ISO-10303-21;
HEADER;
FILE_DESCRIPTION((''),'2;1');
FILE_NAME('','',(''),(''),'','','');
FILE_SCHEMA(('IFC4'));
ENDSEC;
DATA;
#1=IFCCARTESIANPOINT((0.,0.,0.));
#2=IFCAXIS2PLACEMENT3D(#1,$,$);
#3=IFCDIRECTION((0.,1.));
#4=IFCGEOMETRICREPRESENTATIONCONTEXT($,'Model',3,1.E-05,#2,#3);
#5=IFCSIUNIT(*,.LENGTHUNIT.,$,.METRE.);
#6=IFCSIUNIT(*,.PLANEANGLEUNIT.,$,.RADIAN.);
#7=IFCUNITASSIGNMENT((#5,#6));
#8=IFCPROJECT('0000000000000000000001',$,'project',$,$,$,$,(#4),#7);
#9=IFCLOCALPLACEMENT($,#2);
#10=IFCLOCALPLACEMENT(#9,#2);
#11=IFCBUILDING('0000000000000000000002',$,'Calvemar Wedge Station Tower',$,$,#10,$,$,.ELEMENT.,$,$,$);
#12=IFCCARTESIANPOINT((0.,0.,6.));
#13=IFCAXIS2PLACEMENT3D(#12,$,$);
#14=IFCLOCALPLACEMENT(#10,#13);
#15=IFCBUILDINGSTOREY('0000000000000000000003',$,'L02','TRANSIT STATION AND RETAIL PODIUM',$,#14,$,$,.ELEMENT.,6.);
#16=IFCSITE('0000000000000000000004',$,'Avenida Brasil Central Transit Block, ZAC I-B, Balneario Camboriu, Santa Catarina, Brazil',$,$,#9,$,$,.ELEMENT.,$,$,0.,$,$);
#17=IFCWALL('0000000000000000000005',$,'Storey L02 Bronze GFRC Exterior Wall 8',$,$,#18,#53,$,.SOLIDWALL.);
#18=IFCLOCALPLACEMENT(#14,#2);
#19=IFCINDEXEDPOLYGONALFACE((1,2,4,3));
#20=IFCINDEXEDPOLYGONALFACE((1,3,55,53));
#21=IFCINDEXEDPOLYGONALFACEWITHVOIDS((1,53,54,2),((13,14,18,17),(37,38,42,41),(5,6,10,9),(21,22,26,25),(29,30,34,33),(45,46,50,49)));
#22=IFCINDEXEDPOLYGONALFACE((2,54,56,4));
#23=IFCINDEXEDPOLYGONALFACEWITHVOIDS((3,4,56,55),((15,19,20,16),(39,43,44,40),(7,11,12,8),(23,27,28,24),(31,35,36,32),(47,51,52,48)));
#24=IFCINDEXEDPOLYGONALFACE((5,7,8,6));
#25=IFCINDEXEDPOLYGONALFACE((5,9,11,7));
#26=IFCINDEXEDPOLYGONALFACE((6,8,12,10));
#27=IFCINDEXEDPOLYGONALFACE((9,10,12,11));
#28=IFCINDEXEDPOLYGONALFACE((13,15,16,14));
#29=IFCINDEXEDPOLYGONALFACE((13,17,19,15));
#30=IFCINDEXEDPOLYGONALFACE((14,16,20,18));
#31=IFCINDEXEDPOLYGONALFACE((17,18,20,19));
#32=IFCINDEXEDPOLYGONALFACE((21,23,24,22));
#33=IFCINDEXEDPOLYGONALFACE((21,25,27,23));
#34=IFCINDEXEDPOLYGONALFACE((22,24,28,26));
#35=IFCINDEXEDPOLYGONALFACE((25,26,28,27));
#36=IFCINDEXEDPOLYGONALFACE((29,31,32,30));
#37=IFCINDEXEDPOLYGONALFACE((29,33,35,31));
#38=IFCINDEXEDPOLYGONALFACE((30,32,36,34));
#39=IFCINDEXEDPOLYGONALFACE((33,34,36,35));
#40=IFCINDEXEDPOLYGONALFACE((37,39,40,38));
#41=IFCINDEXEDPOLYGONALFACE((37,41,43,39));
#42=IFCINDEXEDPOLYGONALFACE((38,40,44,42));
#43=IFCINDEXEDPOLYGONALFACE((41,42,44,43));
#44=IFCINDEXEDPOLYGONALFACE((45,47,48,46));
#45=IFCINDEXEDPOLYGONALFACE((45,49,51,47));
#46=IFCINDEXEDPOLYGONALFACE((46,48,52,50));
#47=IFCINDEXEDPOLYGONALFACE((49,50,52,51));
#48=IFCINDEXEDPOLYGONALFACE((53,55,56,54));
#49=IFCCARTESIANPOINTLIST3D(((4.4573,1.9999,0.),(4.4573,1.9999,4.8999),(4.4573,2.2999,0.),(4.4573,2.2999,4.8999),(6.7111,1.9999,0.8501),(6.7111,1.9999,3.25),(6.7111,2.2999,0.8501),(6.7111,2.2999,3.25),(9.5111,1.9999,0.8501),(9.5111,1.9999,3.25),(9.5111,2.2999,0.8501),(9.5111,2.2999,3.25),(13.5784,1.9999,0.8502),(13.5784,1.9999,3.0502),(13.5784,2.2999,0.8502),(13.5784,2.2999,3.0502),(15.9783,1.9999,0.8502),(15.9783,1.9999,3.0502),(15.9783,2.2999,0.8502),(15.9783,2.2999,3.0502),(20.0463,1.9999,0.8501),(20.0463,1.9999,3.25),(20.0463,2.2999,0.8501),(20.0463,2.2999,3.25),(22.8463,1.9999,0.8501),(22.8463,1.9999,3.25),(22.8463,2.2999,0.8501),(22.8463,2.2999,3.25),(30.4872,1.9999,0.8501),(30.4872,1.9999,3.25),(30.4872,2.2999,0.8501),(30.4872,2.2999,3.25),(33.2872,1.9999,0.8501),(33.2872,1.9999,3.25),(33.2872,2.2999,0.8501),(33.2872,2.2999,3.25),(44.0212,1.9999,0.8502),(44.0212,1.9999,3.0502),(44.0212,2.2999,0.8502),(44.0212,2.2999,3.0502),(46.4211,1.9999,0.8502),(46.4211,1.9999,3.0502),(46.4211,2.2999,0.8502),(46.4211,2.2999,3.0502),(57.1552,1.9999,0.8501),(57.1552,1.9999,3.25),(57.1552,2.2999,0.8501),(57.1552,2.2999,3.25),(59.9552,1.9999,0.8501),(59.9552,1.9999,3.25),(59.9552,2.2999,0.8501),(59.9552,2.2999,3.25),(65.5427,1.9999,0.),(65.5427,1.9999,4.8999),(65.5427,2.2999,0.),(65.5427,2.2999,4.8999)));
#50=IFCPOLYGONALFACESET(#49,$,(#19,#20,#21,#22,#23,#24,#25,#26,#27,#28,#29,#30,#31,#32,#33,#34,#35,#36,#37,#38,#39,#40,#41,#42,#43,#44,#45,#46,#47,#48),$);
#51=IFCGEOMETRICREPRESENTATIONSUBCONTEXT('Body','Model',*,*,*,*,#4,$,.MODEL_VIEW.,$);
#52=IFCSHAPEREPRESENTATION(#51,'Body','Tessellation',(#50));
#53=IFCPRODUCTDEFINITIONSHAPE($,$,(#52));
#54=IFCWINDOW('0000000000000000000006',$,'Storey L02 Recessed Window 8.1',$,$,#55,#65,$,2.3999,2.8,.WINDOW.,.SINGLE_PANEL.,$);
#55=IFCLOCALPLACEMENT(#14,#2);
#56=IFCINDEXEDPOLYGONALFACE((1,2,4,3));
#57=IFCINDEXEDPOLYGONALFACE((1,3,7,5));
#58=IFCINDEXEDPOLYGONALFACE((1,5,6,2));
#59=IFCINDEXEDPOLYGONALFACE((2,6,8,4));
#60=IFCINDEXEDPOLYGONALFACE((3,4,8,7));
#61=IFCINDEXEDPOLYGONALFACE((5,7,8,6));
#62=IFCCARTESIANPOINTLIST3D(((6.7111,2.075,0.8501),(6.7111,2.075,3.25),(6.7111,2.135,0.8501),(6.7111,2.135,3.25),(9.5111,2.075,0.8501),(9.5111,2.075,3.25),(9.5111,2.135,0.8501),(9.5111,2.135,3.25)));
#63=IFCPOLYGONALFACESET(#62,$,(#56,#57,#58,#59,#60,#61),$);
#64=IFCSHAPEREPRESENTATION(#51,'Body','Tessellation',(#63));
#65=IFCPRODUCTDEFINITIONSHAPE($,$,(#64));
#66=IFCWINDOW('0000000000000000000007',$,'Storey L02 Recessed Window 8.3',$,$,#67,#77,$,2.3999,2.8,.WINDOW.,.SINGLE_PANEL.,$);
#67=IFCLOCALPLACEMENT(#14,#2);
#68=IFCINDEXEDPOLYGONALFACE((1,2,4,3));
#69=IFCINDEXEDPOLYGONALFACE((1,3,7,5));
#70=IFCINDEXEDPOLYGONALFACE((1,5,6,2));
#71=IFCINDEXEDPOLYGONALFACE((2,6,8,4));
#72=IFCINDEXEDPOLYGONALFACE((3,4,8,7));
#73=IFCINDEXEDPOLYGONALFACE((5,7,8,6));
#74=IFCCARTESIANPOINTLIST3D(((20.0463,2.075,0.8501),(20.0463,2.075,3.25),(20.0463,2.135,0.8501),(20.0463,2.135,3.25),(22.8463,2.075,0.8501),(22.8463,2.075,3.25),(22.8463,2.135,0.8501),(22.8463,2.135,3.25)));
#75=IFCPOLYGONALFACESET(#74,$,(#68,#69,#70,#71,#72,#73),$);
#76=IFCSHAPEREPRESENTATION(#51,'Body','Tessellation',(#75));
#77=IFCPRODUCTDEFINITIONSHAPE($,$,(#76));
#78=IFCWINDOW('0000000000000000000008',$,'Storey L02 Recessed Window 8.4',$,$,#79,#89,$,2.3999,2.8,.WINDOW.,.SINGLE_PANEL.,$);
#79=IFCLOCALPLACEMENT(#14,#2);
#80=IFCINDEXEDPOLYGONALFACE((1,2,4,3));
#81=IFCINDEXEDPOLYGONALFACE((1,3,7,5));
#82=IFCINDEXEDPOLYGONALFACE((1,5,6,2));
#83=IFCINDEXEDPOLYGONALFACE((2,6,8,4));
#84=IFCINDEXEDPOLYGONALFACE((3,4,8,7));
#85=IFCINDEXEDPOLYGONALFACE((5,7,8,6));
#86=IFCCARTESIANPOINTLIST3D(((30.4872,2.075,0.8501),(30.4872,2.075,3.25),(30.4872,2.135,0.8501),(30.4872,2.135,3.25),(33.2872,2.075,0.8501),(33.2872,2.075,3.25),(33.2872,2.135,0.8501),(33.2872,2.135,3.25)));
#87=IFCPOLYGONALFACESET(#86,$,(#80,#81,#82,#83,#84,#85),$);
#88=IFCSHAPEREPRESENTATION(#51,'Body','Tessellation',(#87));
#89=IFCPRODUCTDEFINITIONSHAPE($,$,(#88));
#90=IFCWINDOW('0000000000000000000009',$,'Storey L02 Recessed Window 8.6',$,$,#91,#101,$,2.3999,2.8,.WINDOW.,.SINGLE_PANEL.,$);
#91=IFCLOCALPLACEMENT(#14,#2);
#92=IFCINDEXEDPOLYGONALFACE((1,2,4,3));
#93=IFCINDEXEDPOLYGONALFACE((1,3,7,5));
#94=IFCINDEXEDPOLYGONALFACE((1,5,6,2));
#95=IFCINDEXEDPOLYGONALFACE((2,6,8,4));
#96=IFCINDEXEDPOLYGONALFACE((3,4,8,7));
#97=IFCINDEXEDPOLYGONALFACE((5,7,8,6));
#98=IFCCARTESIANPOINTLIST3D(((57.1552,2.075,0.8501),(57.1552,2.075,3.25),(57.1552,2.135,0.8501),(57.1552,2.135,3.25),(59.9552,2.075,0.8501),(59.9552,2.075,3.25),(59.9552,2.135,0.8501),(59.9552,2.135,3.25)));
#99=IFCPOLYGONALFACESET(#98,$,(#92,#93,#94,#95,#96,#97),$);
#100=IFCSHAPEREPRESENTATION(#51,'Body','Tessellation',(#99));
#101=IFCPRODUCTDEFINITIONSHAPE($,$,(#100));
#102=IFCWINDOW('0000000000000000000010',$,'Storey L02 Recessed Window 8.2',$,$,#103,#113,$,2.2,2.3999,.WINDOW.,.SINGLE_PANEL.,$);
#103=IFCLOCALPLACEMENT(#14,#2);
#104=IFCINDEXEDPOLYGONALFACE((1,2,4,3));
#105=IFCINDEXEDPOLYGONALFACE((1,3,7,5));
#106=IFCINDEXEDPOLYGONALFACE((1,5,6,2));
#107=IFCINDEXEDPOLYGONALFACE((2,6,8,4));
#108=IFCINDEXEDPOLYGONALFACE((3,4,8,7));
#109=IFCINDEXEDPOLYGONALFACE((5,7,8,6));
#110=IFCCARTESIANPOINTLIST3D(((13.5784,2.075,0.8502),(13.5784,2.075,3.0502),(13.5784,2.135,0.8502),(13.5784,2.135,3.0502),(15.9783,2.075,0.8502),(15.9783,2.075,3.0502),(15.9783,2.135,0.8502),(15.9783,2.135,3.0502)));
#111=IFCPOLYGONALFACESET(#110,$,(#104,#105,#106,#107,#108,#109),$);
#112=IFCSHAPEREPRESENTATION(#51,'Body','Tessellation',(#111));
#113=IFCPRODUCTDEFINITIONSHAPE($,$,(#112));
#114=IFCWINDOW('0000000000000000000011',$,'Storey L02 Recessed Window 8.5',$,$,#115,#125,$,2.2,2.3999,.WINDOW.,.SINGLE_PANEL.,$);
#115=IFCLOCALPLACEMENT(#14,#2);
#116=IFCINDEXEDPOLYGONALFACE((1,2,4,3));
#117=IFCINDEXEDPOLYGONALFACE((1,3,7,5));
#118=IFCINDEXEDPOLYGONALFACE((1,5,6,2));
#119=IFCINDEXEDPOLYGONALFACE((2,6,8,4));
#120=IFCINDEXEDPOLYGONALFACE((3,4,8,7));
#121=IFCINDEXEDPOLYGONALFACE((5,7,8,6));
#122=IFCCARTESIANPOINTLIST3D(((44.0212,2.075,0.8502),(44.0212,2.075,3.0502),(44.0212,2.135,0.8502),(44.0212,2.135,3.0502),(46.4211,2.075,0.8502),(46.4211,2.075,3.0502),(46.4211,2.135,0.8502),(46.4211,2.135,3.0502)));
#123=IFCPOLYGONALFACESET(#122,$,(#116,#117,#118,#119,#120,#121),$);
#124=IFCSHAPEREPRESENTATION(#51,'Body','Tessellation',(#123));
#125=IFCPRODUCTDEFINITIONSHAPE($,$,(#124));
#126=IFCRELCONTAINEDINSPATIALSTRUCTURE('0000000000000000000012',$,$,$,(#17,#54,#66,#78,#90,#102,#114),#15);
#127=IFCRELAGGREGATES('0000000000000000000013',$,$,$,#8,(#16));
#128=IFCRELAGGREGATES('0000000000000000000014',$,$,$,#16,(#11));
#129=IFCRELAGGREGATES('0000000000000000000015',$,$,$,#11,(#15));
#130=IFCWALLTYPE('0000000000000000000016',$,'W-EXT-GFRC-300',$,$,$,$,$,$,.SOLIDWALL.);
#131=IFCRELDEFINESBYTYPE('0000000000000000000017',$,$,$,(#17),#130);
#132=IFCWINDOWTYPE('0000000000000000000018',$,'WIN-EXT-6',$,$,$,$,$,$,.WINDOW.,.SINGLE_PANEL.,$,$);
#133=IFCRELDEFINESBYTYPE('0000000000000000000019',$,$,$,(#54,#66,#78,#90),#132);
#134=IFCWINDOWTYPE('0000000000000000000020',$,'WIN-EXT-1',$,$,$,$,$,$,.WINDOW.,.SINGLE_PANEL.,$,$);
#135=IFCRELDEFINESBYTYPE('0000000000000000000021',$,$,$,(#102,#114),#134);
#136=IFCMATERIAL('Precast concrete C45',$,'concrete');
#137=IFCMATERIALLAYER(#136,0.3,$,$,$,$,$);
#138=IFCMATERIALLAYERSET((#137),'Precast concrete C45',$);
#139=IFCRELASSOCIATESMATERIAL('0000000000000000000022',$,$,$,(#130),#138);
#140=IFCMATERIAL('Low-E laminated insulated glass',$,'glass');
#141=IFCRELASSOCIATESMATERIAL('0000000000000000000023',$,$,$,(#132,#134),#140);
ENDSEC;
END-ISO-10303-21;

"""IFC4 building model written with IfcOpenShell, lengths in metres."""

from ifc_helpers import new_model, si_unit, direction, frame, frame_2d, origin, place, context, subcontext, project, spatial, rectangle, extrude, source, transform, mapped, material, layer, layer_set, type_object, element, fill, save


model = new_model("IFC4")

# Units and contexts
model_context = context("Model", 3, precision=1e-05, world=origin(), true_north=direction((0.0, 1.0)))
body_context = subcontext(model_context, "Body", "Model", "MODEL_VIEW")
ifc_project = project(units=[si_unit("LENGTHUNIT", "METRE"), si_unit("PLANEANGLEUNIT", "RADIAN")], contexts=[model_context])

# Site, building, storey
site_placement = place(None, origin())
site = spatial("IfcSite", under=ifc_project, at=site_placement, Name="Avenida Brasil Central Transit Block, ZAC I-B, Balneario Camboriu, Santa Catarina, Brazil", CompositionType="ELEMENT", RefElevation=0.0)
building_placement = place(site_placement, origin())
building = spatial("IfcBuilding", under=site, at=building_placement, Name="Calvemar Wedge Station Tower", CompositionType="ELEMENT")
storey_placement = place(building_placement, frame((0.0, 0.0, 6.0)))
storey = spatial("IfcBuildingStorey", under=building, at=storey_placement, Name="L02", Description="TRANSIT STATION AND RETAIL PODIUM", CompositionType="ELEMENT", Elevation=6.0)

# Shared definitions
ifc_material_1 = material(Name="Low-E laminated insulated glass", Category="glass")

# Shared definitions
ifc_material_2 = material(Name="Precast concrete C45", Category="concrete")
ifc_layer_1 = layer(ifc_material_2, 0.3)
ifc_layer_set_1 = layer_set([ifc_layer_1], Name="Precast concrete C45")
wall_type_1 = type_object("IfcWallType", Name="W-EXT-GFRC-300", PredefinedType="SOLIDWALL", material=ifc_layer_set_1)

# Wall, openings, windows
wall_1_placement = place(storey_placement, frame((4.4573, 2.1499, 0.0), z_axis=(0.0, 0.0, 1.0), x_axis=(1.0, 0.0, 0.0)))
wall_1 = element("IfcWall", 1, at=wall_1_placement, inside=storey, type_object=wall_type_1, Name="Storey L02 Bronze GFRC Exterior Wall 8", PredefinedType="SOLIDWALL", context=body_context, shape_type="SweptSolid", body=[
    extrude(rectangle(XDim=61.0854, YDim=0.3, at=frame_2d((30.5427, 0.0))), origin(), (0.0, 0.0, 1.0), 4.8999),
])
shared_shape_1 = source(origin(), body_context, "Body", "SweptSolid", [
    extrude(rectangle(XDim=2.8, YDim=2.3999, at=frame_2d((1.3999, 1.2))), frame((0.0, 0.1602, 0.0), z_axis=(0.0, -1.0, 0.0), x_axis=(1.0, 0.0, 0.0)), (0.0, 0.0, 1.0), 0.3201),
])
opening_1_placement = place(wall_1_placement, frame((2.2539, 0.0, 0.8501)))
opening_1 = element("IfcOpeningElement", 2, at=opening_1_placement, cuts=wall_1, PredefinedType="OPENING", context=body_context, shape_type="MappedRepresentation", body=[
    mapped(shared_shape_1, transform((0.0, 0.0, 0.0), scale=1.0)),
])
shared_shape_2 = source(origin(), body_context, "Body", "SweptSolid", [
    extrude(rectangle(XDim=2.3999, YDim=2.2, at=frame_2d((1.2, 1.1001))), frame((0.0, 0.1602, 0.0), z_axis=(0.0, -1.0, 0.0), x_axis=(1.0, 0.0, 0.0)), (0.0, 0.0, 1.0), 0.3201),
])
opening_2_placement = place(wall_1_placement, frame((9.1211, 0.0, 0.8501)))
opening_2 = element("IfcOpeningElement", 3, at=opening_2_placement, cuts=wall_1, PredefinedType="OPENING", context=body_context, shape_type="MappedRepresentation", body=[
    mapped(shared_shape_2, transform((0.0, 0.0, 0.0), scale=1.0)),
])
opening_3_placement = place(wall_1_placement, frame((15.5891, 0.0, 0.8501)))
opening_3 = element("IfcOpeningElement", 4, at=opening_3_placement, cuts=wall_1, PredefinedType="OPENING", context=body_context, shape_type="MappedRepresentation", body=[
    mapped(shared_shape_1, transform((0.0, 0.0, 0.0), scale=1.0)),
])
opening_4_placement = place(wall_1_placement, frame((26.03, 0.0, 0.8501)))
opening_4 = element("IfcOpeningElement", 5, at=opening_4_placement, cuts=wall_1, PredefinedType="OPENING", context=body_context, shape_type="MappedRepresentation", body=[
    mapped(shared_shape_1, transform((0.0, 0.0, 0.0), scale=1.0)),
])
opening_5_placement = place(wall_1_placement, frame((39.564, 0.0, 0.8501)))
opening_5 = element("IfcOpeningElement", 6, at=opening_5_placement, cuts=wall_1, PredefinedType="OPENING", context=body_context, shape_type="MappedRepresentation", body=[
    mapped(shared_shape_2, transform((0.0, 0.0, 0.0), scale=1.0)),
])
opening_6_placement = place(wall_1_placement, frame((52.698, 0.0, 0.8501)))
opening_6 = element("IfcOpeningElement", 7, at=opening_6_placement, cuts=wall_1, PredefinedType="OPENING", context=body_context, shape_type="MappedRepresentation", body=[
    mapped(shared_shape_1, transform((0.0, 0.0, 0.0), scale=1.0)),
])
window_type_1 = type_object("IfcWindowType", Name="WIN-EXT-6", PartitioningType="SINGLE_PANEL", PredefinedType="WINDOW", material=ifc_material_1)
shared_shape_3 = source(origin(), body_context, "Body", "SweptSolid", [
    extrude(rectangle(XDim=2.8, YDim=2.3999, at=frame_2d((1.3999, 1.2))), frame((0.0, -0.0149, 0.0), z_axis=(0.0, -1.0, 0.0), x_axis=(1.0, 0.0, 0.0)), (0.0, 0.0, 1.0), 0.0601),
])
window_1_placement = place(opening_1_placement, origin())
window_1 = element("IfcWindow", 8, at=window_1_placement, inside=storey, type_object=window_type_1, Name="Storey L02 Recessed Window 8.1", OverallHeight=2.3999, OverallWidth=2.8, PartitioningType="SINGLE_PANEL", PredefinedType="WINDOW", context=body_context, shape_type="MappedRepresentation", body=[
    mapped(shared_shape_3, transform((0.0, 0.0, 0.0), scale=1.0)),
])
fill(opening_1, window_1)
window_2_placement = place(opening_3_placement, origin())
window_2 = element("IfcWindow", 9, at=window_2_placement, inside=storey, type_object=window_type_1, Name="Storey L02 Recessed Window 8.3", OverallHeight=2.3999, OverallWidth=2.8, PartitioningType="SINGLE_PANEL", PredefinedType="WINDOW", context=body_context, shape_type="MappedRepresentation", body=[
    mapped(shared_shape_3, transform((0.0, 0.0, 0.0), scale=1.0)),
])
fill(opening_3, window_2)
window_3_placement = place(opening_4_placement, origin())
window_3 = element("IfcWindow", 10, at=window_3_placement, inside=storey, type_object=window_type_1, Name="Storey L02 Recessed Window 8.4", OverallHeight=2.3999, OverallWidth=2.8, PartitioningType="SINGLE_PANEL", PredefinedType="WINDOW", context=body_context, shape_type="MappedRepresentation", body=[
    mapped(shared_shape_3, transform((0.0, 0.0, 0.0), scale=1.0)),
])
fill(opening_4, window_3)
window_4_placement = place(opening_6_placement, origin())
window_4 = element("IfcWindow", 11, at=window_4_placement, inside=storey, type_object=window_type_1, Name="Storey L02 Recessed Window 8.6", OverallHeight=2.3999, OverallWidth=2.8, PartitioningType="SINGLE_PANEL", PredefinedType="WINDOW", context=body_context, shape_type="MappedRepresentation", body=[
    mapped(shared_shape_3, transform((0.0, 0.0, 0.0), scale=1.0)),
])
fill(opening_6, window_4)
window_type_2 = type_object("IfcWindowType", Name="WIN-EXT-1", PartitioningType="SINGLE_PANEL", PredefinedType="WINDOW", material=ifc_material_1)
shared_shape_4 = source(origin(), body_context, "Body", "SweptSolid", [
    extrude(rectangle(XDim=2.3999, YDim=2.2, at=frame_2d((1.2, 1.1001))), frame((0.0, -0.0149, 0.0), z_axis=(0.0, -1.0, 0.0), x_axis=(1.0, 0.0, 0.0)), (0.0, 0.0, 1.0), 0.0601),
])
window_5_placement = place(opening_2_placement, origin())
window_5 = element("IfcWindow", 12, at=window_5_placement, inside=storey, type_object=window_type_2, Name="Storey L02 Recessed Window 8.2", OverallHeight=2.2, OverallWidth=2.3999, PartitioningType="SINGLE_PANEL", PredefinedType="WINDOW", context=body_context, shape_type="MappedRepresentation", body=[
    mapped(shared_shape_4, transform((0.0, 0.0, 0.0), scale=1.0)),
])
fill(opening_2, window_5)
window_6_placement = place(opening_5_placement, origin())
window_6 = element("IfcWindow", 13, at=window_6_placement, inside=storey, type_object=window_type_2, Name="Storey L02 Recessed Window 8.5", OverallHeight=2.2, OverallWidth=2.3999, PartitioningType="SINGLE_PANEL", PredefinedType="WINDOW", context=body_context, shape_type="MappedRepresentation", body=[
    mapped(shared_shape_4, transform((0.0, 0.0, 0.0), scale=1.0)),
])
fill(opening_5, window_6)

save(model, "model.ifc")
